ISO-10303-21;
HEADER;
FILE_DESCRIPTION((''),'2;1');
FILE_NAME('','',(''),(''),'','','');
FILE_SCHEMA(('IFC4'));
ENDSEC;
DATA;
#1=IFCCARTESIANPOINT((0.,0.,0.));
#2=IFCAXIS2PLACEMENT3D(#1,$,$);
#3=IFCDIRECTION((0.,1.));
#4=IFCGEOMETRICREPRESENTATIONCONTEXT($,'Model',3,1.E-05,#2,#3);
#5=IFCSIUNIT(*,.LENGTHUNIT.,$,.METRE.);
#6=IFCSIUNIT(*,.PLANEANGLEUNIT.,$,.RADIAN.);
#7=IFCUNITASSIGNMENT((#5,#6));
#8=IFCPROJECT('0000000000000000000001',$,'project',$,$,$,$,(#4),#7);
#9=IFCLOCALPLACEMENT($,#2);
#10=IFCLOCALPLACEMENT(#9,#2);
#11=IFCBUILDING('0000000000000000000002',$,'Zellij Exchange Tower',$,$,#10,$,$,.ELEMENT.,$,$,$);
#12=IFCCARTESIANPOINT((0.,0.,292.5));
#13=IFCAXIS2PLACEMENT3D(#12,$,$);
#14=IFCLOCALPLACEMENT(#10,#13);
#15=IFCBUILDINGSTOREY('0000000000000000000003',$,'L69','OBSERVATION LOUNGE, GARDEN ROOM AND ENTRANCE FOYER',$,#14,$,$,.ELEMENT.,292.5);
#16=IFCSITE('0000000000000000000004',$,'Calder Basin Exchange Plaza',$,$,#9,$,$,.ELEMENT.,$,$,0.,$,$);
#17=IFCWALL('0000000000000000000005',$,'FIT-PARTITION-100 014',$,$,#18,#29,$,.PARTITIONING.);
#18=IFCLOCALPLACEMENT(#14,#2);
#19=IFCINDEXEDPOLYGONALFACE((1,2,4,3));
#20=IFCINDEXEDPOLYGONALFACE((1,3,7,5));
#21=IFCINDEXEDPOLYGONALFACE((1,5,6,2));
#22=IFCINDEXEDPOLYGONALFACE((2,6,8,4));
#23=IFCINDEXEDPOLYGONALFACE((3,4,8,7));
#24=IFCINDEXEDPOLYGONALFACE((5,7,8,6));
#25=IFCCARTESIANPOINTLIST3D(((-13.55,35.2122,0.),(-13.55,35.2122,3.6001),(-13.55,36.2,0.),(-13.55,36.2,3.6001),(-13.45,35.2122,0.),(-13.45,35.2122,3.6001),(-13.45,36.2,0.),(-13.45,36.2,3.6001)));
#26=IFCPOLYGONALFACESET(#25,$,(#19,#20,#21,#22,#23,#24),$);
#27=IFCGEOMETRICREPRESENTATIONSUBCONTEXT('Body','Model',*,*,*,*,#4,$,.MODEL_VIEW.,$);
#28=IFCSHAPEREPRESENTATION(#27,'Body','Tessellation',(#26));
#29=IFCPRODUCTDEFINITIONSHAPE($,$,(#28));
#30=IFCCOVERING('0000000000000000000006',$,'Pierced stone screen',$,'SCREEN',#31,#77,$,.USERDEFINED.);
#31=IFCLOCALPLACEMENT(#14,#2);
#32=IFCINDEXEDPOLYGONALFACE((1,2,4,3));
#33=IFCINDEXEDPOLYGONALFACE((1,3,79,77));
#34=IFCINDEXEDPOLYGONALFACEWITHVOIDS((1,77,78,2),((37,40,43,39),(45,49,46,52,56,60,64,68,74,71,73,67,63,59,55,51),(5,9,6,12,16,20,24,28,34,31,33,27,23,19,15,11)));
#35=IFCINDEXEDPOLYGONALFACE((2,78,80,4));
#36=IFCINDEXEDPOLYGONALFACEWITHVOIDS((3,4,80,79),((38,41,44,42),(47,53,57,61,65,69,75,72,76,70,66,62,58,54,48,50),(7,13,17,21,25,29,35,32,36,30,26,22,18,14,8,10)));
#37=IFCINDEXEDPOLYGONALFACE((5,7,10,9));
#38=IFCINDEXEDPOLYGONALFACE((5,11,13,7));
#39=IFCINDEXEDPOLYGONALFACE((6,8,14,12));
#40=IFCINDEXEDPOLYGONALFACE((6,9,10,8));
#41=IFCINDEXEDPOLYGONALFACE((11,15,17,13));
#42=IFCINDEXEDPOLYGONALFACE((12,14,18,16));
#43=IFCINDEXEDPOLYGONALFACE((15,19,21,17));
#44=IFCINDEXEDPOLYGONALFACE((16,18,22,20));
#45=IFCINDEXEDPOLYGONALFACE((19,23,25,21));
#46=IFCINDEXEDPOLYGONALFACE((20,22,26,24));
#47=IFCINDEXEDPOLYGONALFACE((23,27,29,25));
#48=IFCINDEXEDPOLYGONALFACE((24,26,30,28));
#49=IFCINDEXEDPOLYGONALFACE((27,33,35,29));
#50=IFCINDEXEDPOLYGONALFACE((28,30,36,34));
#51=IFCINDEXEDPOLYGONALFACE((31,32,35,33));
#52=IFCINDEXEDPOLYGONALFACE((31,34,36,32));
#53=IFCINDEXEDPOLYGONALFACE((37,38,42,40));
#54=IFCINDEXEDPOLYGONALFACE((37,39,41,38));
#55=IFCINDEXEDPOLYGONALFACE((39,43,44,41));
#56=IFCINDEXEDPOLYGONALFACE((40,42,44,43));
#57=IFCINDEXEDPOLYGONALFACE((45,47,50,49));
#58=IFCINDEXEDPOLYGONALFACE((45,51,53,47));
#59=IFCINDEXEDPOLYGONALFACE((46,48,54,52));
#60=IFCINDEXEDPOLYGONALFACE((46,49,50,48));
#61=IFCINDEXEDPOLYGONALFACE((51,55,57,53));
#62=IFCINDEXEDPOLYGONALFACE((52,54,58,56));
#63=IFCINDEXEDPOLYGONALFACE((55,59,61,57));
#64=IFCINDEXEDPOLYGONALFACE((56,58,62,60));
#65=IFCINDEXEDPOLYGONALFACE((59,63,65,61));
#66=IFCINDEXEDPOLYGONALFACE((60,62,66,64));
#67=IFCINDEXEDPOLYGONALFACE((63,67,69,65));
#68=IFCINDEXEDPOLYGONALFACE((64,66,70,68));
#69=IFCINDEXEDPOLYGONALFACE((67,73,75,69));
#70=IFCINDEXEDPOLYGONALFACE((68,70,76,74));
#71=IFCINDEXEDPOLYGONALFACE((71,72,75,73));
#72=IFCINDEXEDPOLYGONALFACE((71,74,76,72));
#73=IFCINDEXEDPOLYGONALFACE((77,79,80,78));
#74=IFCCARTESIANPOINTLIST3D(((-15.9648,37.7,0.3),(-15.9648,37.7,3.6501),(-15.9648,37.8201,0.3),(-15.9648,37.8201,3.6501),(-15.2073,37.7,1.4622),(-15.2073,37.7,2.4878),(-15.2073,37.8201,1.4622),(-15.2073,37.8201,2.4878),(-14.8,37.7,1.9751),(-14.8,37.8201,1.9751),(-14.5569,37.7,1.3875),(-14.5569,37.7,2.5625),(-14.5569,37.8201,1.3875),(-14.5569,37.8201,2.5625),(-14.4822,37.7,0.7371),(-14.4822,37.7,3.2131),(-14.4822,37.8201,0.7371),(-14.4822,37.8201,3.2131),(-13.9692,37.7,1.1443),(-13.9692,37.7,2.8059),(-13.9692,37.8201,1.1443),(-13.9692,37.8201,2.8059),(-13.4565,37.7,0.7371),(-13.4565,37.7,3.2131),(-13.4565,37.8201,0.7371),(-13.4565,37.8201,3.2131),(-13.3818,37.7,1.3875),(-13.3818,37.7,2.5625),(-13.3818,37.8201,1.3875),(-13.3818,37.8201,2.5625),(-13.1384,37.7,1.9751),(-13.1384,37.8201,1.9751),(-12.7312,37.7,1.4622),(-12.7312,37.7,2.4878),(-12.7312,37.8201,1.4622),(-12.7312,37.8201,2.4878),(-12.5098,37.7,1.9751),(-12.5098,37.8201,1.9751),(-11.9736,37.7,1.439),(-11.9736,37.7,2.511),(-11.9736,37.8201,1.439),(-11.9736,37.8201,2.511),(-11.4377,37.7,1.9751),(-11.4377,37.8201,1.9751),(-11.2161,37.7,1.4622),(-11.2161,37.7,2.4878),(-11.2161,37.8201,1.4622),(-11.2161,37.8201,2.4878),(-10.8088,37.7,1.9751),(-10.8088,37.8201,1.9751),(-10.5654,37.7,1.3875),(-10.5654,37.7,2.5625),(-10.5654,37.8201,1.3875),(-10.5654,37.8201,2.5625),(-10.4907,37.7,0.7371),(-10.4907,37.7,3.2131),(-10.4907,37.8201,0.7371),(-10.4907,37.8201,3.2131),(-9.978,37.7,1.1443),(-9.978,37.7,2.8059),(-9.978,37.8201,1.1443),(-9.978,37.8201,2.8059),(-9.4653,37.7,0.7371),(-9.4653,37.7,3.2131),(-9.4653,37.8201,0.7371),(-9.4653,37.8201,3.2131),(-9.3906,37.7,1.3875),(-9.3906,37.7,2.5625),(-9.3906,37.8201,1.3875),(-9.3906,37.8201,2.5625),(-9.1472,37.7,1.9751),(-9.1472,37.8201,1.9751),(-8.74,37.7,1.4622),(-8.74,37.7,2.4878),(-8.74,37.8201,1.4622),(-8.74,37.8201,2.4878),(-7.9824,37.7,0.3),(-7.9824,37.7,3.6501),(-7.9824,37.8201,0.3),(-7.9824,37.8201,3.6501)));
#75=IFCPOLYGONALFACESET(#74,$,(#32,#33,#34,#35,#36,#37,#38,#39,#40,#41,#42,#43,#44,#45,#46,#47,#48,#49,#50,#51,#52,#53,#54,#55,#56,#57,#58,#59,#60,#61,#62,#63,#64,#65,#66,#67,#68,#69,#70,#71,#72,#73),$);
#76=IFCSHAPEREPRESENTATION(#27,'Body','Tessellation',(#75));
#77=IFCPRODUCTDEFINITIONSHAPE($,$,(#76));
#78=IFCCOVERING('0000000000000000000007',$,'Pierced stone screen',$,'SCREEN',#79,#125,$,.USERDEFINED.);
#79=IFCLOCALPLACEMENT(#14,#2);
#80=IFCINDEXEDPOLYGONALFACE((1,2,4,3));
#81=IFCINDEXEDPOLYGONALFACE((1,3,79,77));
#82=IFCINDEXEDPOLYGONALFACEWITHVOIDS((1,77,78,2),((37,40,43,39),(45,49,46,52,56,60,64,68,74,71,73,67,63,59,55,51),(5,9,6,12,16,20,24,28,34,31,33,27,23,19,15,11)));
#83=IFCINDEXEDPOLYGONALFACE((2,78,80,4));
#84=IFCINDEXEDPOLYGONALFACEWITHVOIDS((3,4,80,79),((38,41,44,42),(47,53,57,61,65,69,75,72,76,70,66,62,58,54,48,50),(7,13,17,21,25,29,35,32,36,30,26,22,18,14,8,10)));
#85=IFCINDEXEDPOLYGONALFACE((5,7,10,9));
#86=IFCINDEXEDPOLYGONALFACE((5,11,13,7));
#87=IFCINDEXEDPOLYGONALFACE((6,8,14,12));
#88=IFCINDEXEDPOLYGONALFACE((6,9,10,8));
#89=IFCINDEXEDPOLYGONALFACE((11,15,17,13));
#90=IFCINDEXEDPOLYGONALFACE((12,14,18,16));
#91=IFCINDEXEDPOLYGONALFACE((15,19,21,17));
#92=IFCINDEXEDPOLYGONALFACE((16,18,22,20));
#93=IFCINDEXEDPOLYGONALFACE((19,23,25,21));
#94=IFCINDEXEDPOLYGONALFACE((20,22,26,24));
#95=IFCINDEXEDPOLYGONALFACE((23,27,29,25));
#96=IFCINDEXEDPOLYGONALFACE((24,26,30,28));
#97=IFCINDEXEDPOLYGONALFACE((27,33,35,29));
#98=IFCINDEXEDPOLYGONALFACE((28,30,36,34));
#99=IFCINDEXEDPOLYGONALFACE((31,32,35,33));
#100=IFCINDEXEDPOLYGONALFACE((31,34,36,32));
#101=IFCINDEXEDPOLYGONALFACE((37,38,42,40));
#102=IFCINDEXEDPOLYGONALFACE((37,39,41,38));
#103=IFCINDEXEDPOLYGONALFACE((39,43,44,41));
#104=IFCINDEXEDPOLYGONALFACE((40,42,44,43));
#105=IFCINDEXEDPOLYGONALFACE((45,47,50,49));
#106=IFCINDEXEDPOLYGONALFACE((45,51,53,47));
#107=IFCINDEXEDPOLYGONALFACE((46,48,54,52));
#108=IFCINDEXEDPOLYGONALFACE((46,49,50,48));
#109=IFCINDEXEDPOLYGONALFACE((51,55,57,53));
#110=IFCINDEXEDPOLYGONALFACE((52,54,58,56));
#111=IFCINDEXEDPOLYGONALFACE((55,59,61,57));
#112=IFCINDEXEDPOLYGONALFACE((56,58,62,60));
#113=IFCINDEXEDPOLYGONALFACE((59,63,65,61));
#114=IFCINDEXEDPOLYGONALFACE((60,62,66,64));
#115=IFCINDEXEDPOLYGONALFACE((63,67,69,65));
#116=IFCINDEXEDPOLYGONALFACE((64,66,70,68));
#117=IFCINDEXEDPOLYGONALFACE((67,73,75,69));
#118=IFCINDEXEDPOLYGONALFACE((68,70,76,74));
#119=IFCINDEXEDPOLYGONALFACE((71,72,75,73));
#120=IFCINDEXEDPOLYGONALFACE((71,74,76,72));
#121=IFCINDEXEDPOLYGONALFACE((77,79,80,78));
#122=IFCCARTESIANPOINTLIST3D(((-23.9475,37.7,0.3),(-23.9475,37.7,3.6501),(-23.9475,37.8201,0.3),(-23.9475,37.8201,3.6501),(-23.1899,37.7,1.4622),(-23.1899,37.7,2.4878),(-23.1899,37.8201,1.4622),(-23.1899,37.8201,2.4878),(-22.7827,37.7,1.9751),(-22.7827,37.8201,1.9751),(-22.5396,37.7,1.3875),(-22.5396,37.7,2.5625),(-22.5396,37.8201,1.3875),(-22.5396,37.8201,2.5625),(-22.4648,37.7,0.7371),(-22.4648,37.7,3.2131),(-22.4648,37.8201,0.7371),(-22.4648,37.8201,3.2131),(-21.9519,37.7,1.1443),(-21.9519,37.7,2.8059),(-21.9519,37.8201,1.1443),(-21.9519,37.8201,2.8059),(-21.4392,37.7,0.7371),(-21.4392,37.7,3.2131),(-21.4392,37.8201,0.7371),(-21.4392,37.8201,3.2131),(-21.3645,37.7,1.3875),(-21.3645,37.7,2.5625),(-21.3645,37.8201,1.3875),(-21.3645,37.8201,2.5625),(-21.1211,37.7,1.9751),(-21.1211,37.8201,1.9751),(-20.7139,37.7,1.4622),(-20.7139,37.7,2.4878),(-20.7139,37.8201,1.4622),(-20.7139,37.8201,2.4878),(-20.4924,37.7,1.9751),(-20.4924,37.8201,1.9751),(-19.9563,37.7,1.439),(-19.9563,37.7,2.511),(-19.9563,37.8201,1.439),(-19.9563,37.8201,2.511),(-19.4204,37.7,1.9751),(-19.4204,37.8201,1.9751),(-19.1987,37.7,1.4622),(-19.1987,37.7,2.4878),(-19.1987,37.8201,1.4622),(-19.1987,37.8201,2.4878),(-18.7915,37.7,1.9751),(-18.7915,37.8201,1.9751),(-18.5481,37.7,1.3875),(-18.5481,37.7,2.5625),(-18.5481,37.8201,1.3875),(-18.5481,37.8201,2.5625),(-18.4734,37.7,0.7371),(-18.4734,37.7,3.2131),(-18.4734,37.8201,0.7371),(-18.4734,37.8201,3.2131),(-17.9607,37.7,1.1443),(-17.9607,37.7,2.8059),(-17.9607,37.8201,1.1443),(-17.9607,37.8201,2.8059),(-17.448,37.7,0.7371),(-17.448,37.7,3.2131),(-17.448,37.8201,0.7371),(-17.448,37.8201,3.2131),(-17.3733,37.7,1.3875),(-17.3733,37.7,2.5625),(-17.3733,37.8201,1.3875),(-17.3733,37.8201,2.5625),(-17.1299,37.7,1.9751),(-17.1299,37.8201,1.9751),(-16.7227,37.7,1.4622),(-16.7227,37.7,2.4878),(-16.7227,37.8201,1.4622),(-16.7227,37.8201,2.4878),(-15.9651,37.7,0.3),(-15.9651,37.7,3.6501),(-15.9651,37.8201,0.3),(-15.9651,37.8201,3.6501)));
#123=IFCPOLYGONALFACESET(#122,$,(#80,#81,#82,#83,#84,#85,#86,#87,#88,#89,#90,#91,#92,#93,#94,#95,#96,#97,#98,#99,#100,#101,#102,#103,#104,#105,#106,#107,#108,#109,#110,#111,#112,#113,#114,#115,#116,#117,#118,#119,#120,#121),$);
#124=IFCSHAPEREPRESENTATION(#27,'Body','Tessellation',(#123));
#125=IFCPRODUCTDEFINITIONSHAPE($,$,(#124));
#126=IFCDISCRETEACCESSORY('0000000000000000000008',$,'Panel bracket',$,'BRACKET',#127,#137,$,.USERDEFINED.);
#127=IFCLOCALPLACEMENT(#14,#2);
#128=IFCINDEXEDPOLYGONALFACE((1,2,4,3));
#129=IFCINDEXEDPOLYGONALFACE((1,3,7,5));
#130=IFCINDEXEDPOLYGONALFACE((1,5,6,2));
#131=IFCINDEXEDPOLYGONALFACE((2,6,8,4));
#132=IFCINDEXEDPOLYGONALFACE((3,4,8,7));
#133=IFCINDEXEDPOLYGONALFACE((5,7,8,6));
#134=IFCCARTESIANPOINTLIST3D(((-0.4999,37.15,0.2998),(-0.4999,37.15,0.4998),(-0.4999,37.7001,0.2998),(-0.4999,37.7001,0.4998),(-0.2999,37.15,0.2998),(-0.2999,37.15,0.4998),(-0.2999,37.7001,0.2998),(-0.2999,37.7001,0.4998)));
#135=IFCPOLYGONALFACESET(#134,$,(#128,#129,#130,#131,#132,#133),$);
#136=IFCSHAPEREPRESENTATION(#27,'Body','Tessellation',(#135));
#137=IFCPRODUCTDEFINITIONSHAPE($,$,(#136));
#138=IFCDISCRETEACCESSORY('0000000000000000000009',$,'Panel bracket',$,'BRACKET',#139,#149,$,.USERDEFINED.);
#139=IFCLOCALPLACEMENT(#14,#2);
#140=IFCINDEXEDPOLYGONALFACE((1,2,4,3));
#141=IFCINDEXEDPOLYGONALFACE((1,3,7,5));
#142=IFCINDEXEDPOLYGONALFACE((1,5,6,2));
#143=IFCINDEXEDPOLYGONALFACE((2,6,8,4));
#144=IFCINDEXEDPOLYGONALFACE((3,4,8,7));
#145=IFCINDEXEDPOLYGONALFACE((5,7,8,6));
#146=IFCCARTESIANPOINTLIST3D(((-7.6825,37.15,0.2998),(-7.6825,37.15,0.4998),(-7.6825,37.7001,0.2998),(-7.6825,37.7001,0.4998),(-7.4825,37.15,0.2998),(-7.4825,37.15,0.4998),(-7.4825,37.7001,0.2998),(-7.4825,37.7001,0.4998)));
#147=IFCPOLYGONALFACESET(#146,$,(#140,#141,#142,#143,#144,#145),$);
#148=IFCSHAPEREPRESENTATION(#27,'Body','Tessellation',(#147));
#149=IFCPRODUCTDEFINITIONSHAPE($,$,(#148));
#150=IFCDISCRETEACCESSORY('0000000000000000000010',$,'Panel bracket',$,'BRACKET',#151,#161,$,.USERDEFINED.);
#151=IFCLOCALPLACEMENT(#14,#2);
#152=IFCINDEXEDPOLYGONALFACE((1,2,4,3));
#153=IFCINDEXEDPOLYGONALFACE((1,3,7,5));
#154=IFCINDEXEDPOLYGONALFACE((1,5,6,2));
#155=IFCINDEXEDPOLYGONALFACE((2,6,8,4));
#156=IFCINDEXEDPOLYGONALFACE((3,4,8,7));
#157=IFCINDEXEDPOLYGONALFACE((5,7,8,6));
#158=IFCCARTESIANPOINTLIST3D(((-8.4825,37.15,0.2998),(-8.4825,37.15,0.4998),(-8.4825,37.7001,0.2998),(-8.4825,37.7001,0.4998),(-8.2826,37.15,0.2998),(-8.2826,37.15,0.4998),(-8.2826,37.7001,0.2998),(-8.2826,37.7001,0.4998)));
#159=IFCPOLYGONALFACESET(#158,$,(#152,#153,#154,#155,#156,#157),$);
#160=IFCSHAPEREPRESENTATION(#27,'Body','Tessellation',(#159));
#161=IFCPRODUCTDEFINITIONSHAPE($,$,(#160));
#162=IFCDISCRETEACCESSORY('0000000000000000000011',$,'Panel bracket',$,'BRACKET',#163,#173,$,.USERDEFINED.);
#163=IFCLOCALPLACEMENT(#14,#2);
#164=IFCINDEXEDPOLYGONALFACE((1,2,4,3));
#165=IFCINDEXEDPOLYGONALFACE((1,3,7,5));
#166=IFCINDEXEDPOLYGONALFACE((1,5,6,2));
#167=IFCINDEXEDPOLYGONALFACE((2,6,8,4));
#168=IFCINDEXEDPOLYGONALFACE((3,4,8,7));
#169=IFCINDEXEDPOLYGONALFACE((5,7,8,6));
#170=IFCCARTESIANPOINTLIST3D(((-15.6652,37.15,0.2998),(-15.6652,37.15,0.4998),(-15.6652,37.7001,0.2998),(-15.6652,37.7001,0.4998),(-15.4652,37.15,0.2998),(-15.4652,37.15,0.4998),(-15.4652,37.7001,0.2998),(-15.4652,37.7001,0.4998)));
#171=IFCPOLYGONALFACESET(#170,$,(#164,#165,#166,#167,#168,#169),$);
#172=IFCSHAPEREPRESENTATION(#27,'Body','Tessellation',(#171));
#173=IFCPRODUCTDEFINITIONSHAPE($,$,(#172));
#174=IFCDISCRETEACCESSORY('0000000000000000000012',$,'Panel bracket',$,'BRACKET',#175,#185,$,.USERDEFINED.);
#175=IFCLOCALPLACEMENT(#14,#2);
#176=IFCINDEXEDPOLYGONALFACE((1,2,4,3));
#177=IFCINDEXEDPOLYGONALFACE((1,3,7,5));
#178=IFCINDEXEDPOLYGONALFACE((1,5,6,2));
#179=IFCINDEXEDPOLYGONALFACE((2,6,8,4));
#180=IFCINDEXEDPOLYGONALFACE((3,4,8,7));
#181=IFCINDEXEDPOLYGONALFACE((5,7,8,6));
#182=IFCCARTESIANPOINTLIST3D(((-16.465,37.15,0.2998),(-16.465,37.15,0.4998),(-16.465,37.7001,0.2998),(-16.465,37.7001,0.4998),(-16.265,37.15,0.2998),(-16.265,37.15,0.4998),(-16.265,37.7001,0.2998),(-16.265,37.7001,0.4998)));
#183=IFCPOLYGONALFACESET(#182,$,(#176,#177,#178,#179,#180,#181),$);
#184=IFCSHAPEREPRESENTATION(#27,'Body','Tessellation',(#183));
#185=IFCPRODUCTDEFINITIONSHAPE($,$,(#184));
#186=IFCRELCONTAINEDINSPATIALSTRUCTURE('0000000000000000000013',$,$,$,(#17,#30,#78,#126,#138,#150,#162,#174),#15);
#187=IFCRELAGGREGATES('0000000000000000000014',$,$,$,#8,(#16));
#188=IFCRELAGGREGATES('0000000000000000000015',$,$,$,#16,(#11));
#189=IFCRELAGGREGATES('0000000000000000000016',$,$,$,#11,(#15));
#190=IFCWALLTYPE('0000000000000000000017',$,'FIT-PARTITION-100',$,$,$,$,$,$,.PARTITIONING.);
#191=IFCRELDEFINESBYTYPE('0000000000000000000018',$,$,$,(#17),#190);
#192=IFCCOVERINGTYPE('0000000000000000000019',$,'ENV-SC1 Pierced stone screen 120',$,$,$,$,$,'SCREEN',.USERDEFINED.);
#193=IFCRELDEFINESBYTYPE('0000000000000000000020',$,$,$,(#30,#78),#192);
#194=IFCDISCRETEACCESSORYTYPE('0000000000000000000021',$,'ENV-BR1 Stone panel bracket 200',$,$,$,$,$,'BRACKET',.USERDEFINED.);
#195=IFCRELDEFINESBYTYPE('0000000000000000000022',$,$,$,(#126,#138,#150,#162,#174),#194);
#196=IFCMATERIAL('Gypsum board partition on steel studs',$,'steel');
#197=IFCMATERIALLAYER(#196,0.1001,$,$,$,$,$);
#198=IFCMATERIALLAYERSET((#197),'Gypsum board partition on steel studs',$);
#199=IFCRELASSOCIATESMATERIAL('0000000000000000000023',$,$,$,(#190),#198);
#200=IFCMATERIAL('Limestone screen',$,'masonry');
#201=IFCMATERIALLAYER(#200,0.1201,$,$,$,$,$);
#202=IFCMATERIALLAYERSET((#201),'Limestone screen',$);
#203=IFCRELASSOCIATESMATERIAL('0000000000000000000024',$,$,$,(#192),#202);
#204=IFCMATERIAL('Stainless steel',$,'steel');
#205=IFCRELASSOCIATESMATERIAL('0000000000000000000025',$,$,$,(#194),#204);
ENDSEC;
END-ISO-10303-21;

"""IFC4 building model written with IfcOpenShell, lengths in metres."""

from ifc_helpers import new_model, si_unit, direction, frame, frame_2d, origin, origin_2d, place, context, subcontext, project, spatial, polyline, rectangle, outline, extrude, material, layer, layer_set, type_object, element, save


model = new_model("IFC4")

# Units and contexts
model_context = context("Model", 3, precision=1e-05, world=origin(), true_north=direction((0.0, 1.0)))
body_context = subcontext(model_context, "Body", "Model", "MODEL_VIEW")
ifc_project = project(units=[si_unit("LENGTHUNIT", "METRE"), si_unit("PLANEANGLEUNIT", "RADIAN")], contexts=[model_context])

# Site, building, storey
site_placement = place(None, origin())
site = spatial("IfcSite", under=ifc_project, at=site_placement, Name="Calder Basin Exchange Plaza", CompositionType="ELEMENT", RefElevation=0.0)
building_placement = place(site_placement, origin())
building = spatial("IfcBuilding", under=site, at=building_placement, Name="Zellij Exchange Tower", CompositionType="ELEMENT")
storey_placement = place(building_placement, frame((0.0, 0.0, 292.5)))
storey = spatial("IfcBuildingStorey", under=building, at=storey_placement, Name="L69", Description="OBSERVATION LOUNGE, GARDEN ROOM AND ENTRANCE FOYER", CompositionType="ELEMENT", Elevation=292.5)

# Wall
ifc_material_1 = material(Name="Gypsum board partition on steel studs", Category="steel")
ifc_layer_1 = layer(ifc_material_1, 0.1001)
ifc_layer_set_1 = layer_set([ifc_layer_1], Name="Gypsum board partition on steel studs")
wall_type = type_object("IfcWallType", Name="FIT-PARTITION-100", PredefinedType="PARTITIONING", material=ifc_layer_set_1)
wall_placement = place(storey_placement, frame((-13.5, 35.2122, 0.0), z_axis=(0.0, 0.0, 1.0), x_axis=(0.0, 1.0, 0.0)))
element("IfcWall", 1, at=wall_placement, inside=storey, type_object=wall_type, Name="FIT-PARTITION-100 014", PredefinedType="PARTITIONING", context=body_context, shape_type="SweptSolid", body=[
    extrude(rectangle(XDim=0.9878, YDim=0.1001, at=frame_2d((0.4939, 0.0))), origin(), (0.0, 0.0, 1.0), 3.6001),
])

# Coverings
ifc_material_2 = material(Name="Limestone screen", Category="masonry")
ifc_layer_2 = layer(ifc_material_2, 0.1201)
ifc_layer_set_2 = layer_set([ifc_layer_2], Name="Limestone screen")
covering_type = type_object("IfcCoveringType", Name="ENV-SC1 Pierced stone screen 120", ElementType="SCREEN", PredefinedType="USERDEFINED", material=ifc_layer_set_2)
for number, where, z_axis, x_axis, name in (
    (2, (-7.9824, 37.76, 0.3), (0.0, 0.0, 1.0), (-1.0, 0.0, 0.0), "Pierced stone screen"),
    (3, (-15.9651, 37.76, 0.3), (0.0, 0.0, 1.0), (-1.0, 0.0, 0.0), "Pierced stone screen"),
):
    element("IfcCovering", number, at=place(storey_placement, frame(where, z_axis=z_axis, x_axis=x_axis)), inside=storey, type_object=covering_type, Name=name, ObjectType="SCREEN", PredefinedType="USERDEFINED", context=body_context, shape_type="SweptSolid", body=[
        extrude(outline(polyline([(0.0, 0.0), (7.9824, 0.0), (7.9824, 3.3501), (0.0, 3.3501), (0.0, 0.0)]), holes=[polyline([(3.2336, 2.1877), (2.583, 2.2625), (2.5083, 2.9131), (1.9956, 2.5059), (1.4829, 2.9131), (1.4082, 2.2625), (0.7576, 2.1877), (1.1648, 1.675), (0.7576, 1.1621), (1.4082, 1.0874), (1.4829, 0.437), (1.9956, 0.8442), (2.5083, 0.437), (2.583, 1.0874), (3.2336, 1.1621), (2.8264, 1.675), (3.2336, 2.1877)]), polyline([(7.2249, 2.1877), (6.5745, 2.2625), (6.4998, 2.9131), (5.9868, 2.5059), (5.4741, 2.9131), (5.3994, 2.2625), (4.7488, 2.1877), (5.156, 1.675), (4.7488, 1.1621), (5.3994, 1.0874), (5.4741, 0.437), (5.9868, 0.8442), (6.4998, 0.437), (6.5745, 1.0874), (7.2249, 1.1621), (6.8176, 1.675), (7.2249, 2.1877)]), polyline([(4.5273, 1.675), (3.9912, 2.2109), (3.4553, 1.675), (3.9912, 1.1389), (4.5273, 1.675)])]), frame((0.0, 0.0601, 0.0), z_axis=(0.0, -1.0, 0.0), x_axis=(1.0, 0.0, 0.0)), (0.0, 0.0, 1.0), 0.1201),
    ])

# Discrete accessories
ifc_material_3 = material(Name="Stainless steel", Category="steel")
discrete_accessory_type = type_object("IfcDiscreteAccessoryType", Name="ENV-BR1 Stone panel bracket 200", ElementType="BRACKET", PredefinedType="USERDEFINED", material=ifc_material_3)
for number, where, z_axis, x_axis, name in (
    (4, (-0.3999, 37.425, 0.2998), (0.0, 0.0, 1.0), (-1.0, 0.0, 0.0), "Panel bracket"),
    (5, (-7.5825, 37.425, 0.2998), (0.0, 0.0, 1.0), (-1.0, 0.0, 0.0), "Panel bracket"),
    (6, (-8.3826, 37.425, 0.2998), (0.0, 0.0, 1.0), (-1.0, 0.0, 0.0), "Panel bracket"),
    (7, (-15.5652, 37.425, 0.2998), (0.0, 0.0, 1.0), (-1.0, 0.0, 0.0), "Panel bracket"),
    (8, (-16.365, 37.425, 0.2998), (0.0, 0.0, 1.0), (-1.0, 0.0, 0.0), "Panel bracket"),
):
    element("IfcDiscreteAccessory", number, at=place(storey_placement, frame(where, z_axis=z_axis, x_axis=x_axis)), inside=storey, type_object=discrete_accessory_type, Name=name, ObjectType="BRACKET", PredefinedType="USERDEFINED", context=body_context, shape_type="SweptSolid", body=[
        extrude(rectangle(XDim=0.2, YDim=0.55, at=origin_2d()), origin(), (0.0, 0.0, 1.0), 0.2),
    ])

save(model, "model.ifc")
